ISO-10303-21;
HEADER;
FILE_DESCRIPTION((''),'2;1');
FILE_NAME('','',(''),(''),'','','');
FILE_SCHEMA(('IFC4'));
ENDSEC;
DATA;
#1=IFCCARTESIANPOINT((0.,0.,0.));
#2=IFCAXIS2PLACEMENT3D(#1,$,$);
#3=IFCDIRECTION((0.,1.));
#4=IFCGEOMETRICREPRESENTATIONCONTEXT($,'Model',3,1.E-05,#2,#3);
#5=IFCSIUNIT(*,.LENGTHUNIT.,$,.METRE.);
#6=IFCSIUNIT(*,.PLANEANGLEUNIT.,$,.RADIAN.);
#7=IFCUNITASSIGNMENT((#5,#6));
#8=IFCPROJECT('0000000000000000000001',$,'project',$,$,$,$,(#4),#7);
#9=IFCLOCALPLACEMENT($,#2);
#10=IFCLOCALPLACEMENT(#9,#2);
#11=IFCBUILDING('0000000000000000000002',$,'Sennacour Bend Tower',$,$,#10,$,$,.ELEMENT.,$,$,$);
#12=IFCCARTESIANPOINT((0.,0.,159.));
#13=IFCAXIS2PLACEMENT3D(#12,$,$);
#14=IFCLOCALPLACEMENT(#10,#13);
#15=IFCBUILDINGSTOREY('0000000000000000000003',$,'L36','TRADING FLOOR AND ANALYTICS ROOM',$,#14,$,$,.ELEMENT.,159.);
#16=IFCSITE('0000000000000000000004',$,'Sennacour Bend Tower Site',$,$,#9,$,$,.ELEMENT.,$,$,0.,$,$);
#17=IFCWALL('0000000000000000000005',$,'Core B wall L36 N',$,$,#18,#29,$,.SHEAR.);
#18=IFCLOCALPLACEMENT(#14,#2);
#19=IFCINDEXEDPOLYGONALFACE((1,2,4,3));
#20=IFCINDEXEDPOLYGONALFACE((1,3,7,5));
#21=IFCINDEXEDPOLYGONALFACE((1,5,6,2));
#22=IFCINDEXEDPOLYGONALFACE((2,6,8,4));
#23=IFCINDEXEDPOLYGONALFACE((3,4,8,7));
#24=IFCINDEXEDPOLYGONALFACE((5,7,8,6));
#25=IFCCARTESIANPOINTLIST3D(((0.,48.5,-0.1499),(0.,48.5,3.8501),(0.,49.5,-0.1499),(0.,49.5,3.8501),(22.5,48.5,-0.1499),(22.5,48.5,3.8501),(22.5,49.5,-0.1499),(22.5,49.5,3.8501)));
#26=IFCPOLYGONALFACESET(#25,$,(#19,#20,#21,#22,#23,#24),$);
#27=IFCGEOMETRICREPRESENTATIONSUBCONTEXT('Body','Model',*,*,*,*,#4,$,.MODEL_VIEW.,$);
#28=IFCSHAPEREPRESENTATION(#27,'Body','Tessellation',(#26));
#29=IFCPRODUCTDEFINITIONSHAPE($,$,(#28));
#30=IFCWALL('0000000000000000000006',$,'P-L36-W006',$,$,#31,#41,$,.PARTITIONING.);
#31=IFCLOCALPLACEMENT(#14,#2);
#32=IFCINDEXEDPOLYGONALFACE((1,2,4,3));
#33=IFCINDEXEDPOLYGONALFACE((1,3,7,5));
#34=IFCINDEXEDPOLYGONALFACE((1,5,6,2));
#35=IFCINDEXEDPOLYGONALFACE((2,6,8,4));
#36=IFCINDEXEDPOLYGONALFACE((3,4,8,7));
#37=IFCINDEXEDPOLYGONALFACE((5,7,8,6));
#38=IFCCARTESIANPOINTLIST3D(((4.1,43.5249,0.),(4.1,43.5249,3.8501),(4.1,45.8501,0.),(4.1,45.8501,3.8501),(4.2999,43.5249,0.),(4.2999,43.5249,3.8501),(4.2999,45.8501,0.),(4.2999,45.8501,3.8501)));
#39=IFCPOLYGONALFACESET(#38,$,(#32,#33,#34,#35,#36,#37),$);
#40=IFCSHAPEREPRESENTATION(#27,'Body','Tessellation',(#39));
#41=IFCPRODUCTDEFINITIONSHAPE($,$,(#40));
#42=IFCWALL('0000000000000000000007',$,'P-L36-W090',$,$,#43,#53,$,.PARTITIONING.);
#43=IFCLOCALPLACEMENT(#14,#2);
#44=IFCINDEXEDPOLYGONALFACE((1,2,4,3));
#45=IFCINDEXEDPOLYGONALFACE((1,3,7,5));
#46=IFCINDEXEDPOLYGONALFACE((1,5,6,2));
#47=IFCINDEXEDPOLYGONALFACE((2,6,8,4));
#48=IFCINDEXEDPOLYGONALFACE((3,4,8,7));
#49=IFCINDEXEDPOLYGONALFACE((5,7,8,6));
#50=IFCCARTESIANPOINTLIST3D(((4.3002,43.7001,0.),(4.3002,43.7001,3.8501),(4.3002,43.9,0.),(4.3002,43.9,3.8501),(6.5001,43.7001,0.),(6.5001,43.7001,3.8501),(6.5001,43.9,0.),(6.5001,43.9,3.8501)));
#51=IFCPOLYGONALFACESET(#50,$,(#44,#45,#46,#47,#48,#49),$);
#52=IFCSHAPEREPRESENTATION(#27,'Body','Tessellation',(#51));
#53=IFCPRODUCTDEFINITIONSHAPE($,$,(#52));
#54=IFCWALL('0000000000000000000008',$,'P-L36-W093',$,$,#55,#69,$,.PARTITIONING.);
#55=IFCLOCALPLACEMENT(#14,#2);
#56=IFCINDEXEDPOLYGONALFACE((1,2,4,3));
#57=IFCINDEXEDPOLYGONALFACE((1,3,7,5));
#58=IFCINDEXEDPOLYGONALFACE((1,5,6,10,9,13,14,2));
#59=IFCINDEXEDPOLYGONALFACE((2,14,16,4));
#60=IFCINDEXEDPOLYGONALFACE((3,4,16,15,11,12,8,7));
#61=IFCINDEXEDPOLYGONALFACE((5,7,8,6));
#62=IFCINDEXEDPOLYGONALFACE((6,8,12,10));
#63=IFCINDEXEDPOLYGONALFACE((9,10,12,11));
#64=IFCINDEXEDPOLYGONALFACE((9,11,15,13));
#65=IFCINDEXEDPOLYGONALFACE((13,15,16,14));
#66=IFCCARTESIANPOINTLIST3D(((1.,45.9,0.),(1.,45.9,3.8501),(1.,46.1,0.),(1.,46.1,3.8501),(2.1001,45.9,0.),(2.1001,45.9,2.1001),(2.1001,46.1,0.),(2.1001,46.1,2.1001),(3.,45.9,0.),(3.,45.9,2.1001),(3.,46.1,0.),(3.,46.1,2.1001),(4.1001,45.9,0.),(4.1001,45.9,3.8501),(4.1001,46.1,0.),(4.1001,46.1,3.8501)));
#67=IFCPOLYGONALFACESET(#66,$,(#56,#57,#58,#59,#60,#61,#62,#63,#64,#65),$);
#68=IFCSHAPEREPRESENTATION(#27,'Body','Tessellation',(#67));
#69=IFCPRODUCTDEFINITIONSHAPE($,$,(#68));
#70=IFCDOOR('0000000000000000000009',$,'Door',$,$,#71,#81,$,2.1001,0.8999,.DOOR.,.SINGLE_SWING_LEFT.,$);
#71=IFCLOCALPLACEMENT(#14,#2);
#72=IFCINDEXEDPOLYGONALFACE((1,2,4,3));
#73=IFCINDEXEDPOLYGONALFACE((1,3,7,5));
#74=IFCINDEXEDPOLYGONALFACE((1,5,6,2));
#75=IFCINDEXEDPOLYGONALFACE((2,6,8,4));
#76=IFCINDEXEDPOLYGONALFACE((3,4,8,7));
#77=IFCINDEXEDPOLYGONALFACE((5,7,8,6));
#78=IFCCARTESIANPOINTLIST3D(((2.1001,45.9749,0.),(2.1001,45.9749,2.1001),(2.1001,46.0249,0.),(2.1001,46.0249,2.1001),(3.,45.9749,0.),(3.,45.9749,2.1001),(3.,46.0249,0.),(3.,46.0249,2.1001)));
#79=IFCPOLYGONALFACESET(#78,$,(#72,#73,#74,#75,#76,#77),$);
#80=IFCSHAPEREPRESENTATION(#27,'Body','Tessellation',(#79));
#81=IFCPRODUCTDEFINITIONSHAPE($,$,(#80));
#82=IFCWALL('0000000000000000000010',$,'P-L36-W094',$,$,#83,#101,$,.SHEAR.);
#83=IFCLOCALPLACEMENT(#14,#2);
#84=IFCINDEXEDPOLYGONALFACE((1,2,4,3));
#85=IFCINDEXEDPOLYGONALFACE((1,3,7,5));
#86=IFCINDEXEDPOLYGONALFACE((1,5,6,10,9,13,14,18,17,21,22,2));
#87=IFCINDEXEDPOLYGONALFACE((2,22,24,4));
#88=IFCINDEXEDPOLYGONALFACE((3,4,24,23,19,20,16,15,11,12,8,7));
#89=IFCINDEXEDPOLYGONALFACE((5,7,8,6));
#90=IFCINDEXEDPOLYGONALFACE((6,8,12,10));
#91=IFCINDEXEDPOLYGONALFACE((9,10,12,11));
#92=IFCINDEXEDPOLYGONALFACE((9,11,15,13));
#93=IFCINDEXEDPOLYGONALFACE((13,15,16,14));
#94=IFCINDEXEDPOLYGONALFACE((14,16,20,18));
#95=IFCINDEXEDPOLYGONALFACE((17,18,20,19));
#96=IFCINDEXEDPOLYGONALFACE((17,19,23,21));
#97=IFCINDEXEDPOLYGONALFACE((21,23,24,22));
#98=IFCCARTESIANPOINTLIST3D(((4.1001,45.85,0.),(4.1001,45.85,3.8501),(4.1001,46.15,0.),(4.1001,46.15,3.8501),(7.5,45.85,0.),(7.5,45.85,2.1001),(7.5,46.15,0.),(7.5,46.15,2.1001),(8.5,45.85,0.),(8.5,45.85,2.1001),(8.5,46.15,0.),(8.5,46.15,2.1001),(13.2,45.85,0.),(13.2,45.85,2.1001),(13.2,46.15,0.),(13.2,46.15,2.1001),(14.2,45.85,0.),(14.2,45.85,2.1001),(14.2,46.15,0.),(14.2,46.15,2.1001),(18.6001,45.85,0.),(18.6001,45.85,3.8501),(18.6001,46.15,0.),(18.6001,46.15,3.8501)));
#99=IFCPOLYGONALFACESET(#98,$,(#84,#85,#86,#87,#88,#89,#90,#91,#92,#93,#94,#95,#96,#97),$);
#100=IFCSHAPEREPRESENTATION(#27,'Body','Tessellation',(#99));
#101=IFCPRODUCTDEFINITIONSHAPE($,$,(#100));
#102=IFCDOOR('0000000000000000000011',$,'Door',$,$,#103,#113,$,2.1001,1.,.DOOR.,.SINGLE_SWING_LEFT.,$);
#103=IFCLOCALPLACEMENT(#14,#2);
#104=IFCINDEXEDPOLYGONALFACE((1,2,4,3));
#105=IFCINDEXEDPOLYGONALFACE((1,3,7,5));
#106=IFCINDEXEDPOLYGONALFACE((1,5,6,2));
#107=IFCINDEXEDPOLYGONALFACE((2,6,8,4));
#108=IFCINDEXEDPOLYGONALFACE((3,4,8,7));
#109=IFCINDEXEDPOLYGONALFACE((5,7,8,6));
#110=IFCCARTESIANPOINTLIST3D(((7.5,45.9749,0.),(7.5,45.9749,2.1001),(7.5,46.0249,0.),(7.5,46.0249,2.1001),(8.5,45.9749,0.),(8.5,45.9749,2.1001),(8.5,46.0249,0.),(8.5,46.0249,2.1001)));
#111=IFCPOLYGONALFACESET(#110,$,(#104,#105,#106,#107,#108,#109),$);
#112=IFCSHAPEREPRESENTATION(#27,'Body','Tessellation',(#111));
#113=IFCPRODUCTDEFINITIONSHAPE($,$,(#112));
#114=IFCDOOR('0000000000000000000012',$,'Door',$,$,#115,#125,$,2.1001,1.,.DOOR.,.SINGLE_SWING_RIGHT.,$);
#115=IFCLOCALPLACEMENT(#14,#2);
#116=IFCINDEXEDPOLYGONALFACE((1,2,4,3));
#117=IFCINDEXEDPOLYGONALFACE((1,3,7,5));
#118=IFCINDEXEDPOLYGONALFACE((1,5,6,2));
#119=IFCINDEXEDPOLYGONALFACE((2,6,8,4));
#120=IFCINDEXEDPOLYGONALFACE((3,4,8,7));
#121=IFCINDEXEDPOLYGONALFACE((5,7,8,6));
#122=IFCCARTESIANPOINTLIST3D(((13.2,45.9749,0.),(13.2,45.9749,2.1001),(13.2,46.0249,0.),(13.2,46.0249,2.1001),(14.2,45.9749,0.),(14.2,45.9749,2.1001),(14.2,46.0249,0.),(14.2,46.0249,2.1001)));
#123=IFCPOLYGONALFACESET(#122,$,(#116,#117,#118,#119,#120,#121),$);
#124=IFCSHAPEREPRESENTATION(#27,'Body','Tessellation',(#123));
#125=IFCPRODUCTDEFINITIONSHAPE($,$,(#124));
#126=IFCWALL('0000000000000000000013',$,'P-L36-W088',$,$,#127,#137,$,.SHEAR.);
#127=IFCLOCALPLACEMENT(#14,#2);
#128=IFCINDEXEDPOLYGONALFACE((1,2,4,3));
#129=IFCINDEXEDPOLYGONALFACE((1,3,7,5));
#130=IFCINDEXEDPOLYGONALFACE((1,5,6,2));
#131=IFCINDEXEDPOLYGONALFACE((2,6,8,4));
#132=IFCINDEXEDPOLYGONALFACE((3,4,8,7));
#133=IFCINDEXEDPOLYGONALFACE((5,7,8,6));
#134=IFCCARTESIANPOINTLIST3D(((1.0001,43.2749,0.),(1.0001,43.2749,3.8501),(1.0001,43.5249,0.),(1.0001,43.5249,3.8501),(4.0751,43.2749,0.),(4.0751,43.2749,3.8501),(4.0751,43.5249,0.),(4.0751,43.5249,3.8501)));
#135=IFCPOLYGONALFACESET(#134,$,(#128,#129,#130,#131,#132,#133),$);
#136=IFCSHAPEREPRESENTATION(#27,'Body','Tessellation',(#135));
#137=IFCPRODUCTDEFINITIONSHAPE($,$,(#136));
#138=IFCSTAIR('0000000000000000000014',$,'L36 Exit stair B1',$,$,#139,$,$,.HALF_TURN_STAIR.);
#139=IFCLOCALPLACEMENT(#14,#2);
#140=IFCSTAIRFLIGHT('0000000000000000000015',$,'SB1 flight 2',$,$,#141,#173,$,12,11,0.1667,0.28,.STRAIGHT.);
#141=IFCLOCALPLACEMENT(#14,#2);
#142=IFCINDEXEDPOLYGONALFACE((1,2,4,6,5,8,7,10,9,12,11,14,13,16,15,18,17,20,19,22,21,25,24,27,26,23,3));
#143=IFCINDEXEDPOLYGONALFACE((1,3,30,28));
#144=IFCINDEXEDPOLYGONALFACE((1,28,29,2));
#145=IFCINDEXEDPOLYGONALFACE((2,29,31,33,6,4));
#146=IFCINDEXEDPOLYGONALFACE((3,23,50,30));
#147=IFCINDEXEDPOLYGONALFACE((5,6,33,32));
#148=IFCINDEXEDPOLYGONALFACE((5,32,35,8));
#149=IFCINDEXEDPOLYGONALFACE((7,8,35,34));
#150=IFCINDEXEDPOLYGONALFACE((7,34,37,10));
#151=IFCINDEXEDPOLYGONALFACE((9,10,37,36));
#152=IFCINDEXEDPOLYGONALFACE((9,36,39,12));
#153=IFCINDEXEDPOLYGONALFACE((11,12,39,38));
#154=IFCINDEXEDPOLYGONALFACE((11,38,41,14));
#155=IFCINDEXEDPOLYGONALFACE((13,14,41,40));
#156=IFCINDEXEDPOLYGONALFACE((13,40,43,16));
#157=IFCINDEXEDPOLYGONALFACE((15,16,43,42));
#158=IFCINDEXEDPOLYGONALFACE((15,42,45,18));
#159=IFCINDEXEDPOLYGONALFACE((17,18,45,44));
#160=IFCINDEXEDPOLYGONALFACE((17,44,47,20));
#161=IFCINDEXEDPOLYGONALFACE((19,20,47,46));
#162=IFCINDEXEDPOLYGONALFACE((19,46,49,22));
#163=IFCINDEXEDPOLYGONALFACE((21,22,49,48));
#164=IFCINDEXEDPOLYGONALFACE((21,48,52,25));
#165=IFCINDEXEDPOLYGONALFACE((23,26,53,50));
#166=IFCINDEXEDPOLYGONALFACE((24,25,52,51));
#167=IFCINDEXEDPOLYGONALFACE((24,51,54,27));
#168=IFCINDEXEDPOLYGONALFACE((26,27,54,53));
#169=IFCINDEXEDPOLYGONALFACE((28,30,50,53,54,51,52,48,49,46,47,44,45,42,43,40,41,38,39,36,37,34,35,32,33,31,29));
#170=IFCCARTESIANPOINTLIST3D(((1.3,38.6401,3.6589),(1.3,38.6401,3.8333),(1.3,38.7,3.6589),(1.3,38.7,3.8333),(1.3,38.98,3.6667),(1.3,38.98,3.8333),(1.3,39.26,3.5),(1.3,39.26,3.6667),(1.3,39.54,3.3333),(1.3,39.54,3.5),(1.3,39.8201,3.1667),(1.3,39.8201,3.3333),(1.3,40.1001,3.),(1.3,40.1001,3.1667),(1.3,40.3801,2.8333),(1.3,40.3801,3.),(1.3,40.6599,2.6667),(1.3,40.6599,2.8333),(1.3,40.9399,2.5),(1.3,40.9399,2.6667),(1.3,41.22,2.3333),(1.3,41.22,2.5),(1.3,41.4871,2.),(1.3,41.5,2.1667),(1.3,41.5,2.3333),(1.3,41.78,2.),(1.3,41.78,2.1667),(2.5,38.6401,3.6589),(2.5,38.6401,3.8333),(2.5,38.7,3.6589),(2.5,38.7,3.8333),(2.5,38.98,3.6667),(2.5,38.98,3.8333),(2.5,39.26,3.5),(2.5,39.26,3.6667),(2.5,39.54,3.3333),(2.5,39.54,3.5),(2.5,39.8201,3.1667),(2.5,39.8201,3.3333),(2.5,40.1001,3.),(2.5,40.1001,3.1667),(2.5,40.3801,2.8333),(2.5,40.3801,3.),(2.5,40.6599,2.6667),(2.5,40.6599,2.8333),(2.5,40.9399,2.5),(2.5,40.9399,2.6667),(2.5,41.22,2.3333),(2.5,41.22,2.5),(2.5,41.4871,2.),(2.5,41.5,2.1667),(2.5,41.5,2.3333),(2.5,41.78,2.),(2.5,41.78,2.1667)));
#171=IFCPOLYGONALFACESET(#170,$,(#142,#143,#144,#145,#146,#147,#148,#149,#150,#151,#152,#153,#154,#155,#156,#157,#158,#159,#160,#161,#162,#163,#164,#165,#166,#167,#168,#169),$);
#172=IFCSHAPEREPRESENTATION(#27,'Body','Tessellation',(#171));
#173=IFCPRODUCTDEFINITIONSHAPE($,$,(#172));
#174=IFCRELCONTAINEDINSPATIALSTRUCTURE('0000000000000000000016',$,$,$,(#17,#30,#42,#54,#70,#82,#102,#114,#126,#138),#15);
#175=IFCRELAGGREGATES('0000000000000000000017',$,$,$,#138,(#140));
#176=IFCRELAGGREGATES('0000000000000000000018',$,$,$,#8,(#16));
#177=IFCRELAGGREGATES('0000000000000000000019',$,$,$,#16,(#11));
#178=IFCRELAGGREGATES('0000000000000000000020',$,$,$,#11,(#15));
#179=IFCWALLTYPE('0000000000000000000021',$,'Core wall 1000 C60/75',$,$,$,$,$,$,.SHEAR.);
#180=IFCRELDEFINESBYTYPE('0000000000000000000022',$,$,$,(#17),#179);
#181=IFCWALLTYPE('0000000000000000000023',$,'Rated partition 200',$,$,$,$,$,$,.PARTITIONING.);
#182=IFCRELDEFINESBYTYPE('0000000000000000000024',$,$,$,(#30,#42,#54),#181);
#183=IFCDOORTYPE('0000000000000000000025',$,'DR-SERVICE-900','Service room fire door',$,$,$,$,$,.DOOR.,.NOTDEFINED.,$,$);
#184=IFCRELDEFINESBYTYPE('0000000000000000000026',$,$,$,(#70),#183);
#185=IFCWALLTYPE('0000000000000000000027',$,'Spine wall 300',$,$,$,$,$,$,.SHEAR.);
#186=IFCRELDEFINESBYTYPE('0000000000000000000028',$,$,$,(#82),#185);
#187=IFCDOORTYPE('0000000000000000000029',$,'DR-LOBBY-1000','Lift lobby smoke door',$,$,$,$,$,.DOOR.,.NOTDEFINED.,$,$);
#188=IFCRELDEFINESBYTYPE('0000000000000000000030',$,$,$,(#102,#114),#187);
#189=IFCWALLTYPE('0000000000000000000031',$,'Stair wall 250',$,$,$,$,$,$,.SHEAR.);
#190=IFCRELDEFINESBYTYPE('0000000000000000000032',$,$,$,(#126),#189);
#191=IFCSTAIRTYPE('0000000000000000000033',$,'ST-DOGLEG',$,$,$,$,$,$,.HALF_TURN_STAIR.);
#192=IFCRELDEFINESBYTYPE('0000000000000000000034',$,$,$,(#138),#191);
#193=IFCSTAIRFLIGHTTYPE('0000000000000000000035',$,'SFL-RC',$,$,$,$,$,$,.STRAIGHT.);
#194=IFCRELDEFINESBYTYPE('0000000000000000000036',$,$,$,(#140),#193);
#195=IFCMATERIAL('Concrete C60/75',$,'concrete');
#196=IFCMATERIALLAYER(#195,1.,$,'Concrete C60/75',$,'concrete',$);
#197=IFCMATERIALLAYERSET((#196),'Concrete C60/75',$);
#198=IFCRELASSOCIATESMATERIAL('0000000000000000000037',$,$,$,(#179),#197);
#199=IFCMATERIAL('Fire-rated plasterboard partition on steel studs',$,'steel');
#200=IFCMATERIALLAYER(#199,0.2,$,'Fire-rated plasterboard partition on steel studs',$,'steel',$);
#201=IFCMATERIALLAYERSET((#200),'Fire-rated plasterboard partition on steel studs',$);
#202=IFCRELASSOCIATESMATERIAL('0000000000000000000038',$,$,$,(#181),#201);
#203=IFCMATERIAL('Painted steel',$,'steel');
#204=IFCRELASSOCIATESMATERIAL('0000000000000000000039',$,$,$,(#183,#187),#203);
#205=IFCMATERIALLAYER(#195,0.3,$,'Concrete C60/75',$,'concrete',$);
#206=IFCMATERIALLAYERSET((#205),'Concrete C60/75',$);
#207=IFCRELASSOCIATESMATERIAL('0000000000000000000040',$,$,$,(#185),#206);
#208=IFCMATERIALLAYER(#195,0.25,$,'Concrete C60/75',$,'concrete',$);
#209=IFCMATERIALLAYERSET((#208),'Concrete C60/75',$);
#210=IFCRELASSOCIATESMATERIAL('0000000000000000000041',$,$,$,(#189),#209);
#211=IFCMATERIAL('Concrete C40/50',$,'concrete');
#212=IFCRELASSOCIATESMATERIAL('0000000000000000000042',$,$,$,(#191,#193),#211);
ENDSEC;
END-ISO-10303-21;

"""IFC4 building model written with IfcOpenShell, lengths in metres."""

from ifc_helpers import new_model, si_unit, direction, frame, frame_2d, origin, place, context, subcontext, project, spatial, polyline, rectangle, outline, extrude, material, layer, layer_set, type_object, element, fill, aggregate, save


model = new_model("IFC4")

# Units and contexts
model_context = context("Model", 3, precision=1e-05, world=origin(), true_north=direction((0.0, 1.0)))
body_context = subcontext(model_context, "Body", "Model", "MODEL_VIEW")
ifc_project = project(units=[si_unit("LENGTHUNIT", "METRE"), si_unit("PLANEANGLEUNIT", "RADIAN")], contexts=[model_context])

# Site, building, storey
site_placement = place(None, origin())
site = spatial("IfcSite", under=ifc_project, at=site_placement, Name="Sennacour Bend Tower Site", CompositionType="ELEMENT", RefElevation=0.0)
building_placement = place(site_placement, origin())
building = spatial("IfcBuilding", under=site, at=building_placement, Name="Sennacour Bend Tower", CompositionType="ELEMENT")
storey_placement = place(building_placement, frame((0.0, 0.0, 159.0)))
storey = spatial("IfcBuildingStorey", under=building, at=storey_placement, Name="L36", Description="TRADING FLOOR AND ANALYTICS ROOM", CompositionType="ELEMENT", Elevation=159.0)

# Walls
ifc_material_1 = material(Name="Concrete C60/75", Category="concrete")
ifc_layer_1 = layer(ifc_material_1, 1.0, Name="Concrete C60/75", Category="concrete")
ifc_layer_set_1 = layer_set([ifc_layer_1], Name="Concrete C60/75")
wall_type_1 = type_object("IfcWallType", Name="Core wall 1000 C60/75", PredefinedType="SHEAR", material=ifc_layer_set_1)
wall_1_placement = place(storey_placement, frame((0.0, 49.0, -0.1499), z_axis=(0.0, 0.0, 1.0), x_axis=(1.0, 0.0, 0.0)))
element("IfcWall", 1, at=wall_1_placement, inside=storey, type_object=wall_type_1, Name="Core B wall L36 N", PredefinedType="SHEAR", context=body_context, shape_type="SweptSolid", body=[
    extrude(rectangle(XDim=22.5, YDim=1.0, at=frame_2d((11.25, 0.0))), origin(), (0.0, 0.0, 1.0), 4.0),
])
ifc_material_2 = material(Name="Fire-rated plasterboard partition on steel studs", Category="steel")
ifc_layer_2 = layer(ifc_material_2, 0.2, Name="Fire-rated plasterboard partition on steel studs", Category="steel")
ifc_layer_set_2 = layer_set([ifc_layer_2], Name="Fire-rated plasterboard partition on steel studs")
wall_type_2 = type_object("IfcWallType", Name="Rated partition 200", PredefinedType="PARTITIONING", material=ifc_layer_set_2)
wall_2_placement = place(storey_placement, frame((4.2, 43.5249, 0.0), z_axis=(0.0, 0.0, 1.0), x_axis=(0.0, 1.0, 0.0)))
element("IfcWall", 2, at=wall_2_placement, inside=storey, type_object=wall_type_2, Name="P-L36-W006", PredefinedType="PARTITIONING", context=body_context, shape_type="SweptSolid", body=[
    extrude(rectangle(XDim=2.3252, YDim=0.2, at=frame_2d((1.1626, 0.0))), origin(), (0.0, 0.0, 1.0), 3.8501),
])
wall_3_placement = place(storey_placement, frame((4.3, 43.8, 0.0), z_axis=(0.0, 0.0, 1.0), x_axis=(1.0, 0.0, 0.0)))
element("IfcWall", 3, at=wall_3_placement, inside=storey, type_object=wall_type_2, Name="P-L36-W090", PredefinedType="PARTITIONING", context=body_context, shape_type="SweptSolid", body=[
    extrude(rectangle(XDim=2.2, YDim=0.2, at=frame_2d((1.1001, 0.0))), origin(), (0.0, 0.0, 1.0), 3.8501),
])

# Wall, opening, door
wall_4_placement = place(storey_placement, frame((1.0, 46.0, 0.0), z_axis=(0.0, 0.0, 1.0), x_axis=(1.0, 0.0, 0.0)))
wall_4 = element("IfcWall", 4, at=wall_4_placement, inside=storey, type_object=wall_type_2, Name="P-L36-W093", PredefinedType="PARTITIONING", context=body_context, shape_type="SweptSolid", body=[
    extrude(rectangle(XDim=3.1001, YDim=0.2, at=frame_2d((1.55, 0.0))), origin(), (0.0, 0.0, 1.0), 3.8501),
])
opening_1_placement = place(wall_4_placement, frame((1.1001, 0.0, 0.0)))
opening_1 = element("IfcOpeningElement", 5, at=opening_1_placement, cuts=wall_4, PredefinedType="OPENING", context=body_context, shape_type="SweptSolid", body=[
    extrude(rectangle(XDim=0.8999, YDim=2.1001, at=frame_2d((0.45, 1.05))), frame((0.0, 0.1099, 0.0), z_axis=(0.0, -1.0, 0.0), x_axis=(1.0, 0.0, 0.0)), (0.0, 0.0, 1.0), 0.22),
])
ifc_material_3 = material(Name="Painted steel", Category="steel")
door_type_1 = type_object("IfcDoorType", Name="DR-SERVICE-900", Description="Service room fire door", OperationType="NOTDEFINED", PredefinedType="DOOR", material=ifc_material_3)
door_1_placement = place(opening_1_placement, origin())
door_1 = element("IfcDoor", 6, at=door_1_placement, inside=storey, type_object=door_type_1, Name="Door", OperationType="SINGLE_SWING_LEFT", OverallHeight=2.1001, OverallWidth=0.8999, PredefinedType="DOOR", context=body_context, shape_type="SweptSolid", body=[
    extrude(rectangle(XDim=0.8999, YDim=2.1001, at=frame_2d((0.45, 1.05))), frame((0.0, 0.0249, 0.0), z_axis=(0.0, -1.0, 0.0), x_axis=(1.0, 0.0, 0.0)), (0.0, 0.0, 1.0), 0.05),
])
fill(opening_1, door_1)

# Wall, openings, doors
ifc_layer_3 = layer(ifc_material_1, 0.3, Name="Concrete C60/75", Category="concrete")
ifc_layer_set_3 = layer_set([ifc_layer_3], Name="Concrete C60/75")
wall_type_3 = type_object("IfcWallType", Name="Spine wall 300", PredefinedType="SHEAR", material=ifc_layer_set_3)
wall_5_placement = place(storey_placement, frame((4.1001, 46.0, 0.0), z_axis=(0.0, 0.0, 1.0), x_axis=(1.0, 0.0, 0.0)))
wall_5 = element("IfcWall", 7, at=wall_5_placement, inside=storey, type_object=wall_type_3, Name="P-L36-W094", PredefinedType="SHEAR", context=body_context, shape_type="SweptSolid", body=[
    extrude(rectangle(XDim=14.5, YDim=0.3, at=frame_2d((7.25, 0.0))), origin(), (0.0, 0.0, 1.0), 3.8501),
])
opening_2_placement = place(wall_5_placement, frame((3.3999, 0.0, 0.0)))
opening_2 = element("IfcOpeningElement", 8, at=opening_2_placement, cuts=wall_5, PredefinedType="OPENING", context=body_context, shape_type="SweptSolid", body=[
    extrude(rectangle(XDim=1.0, YDim=2.1001, at=frame_2d((0.5, 1.05))), frame((0.0, 0.1602, 0.0), z_axis=(0.0, -1.0, 0.0), x_axis=(1.0, 0.0, 0.0)), (0.0, 0.0, 1.0), 0.3201),
])
opening_3_placement = place(wall_5_placement, frame((9.0999, 0.0, 0.0)))
opening_3 = element("IfcOpeningElement", 9, at=opening_3_placement, cuts=wall_5, PredefinedType="OPENING", context=body_context, shape_type="SweptSolid", body=[
    extrude(rectangle(XDim=1.0, YDim=2.1001, at=frame_2d((0.5, 1.05))), frame((0.0, 0.1602, 0.0), z_axis=(0.0, -1.0, 0.0), x_axis=(1.0, 0.0, 0.0)), (0.0, 0.0, 1.0), 0.3201),
])
door_type_2 = type_object("IfcDoorType", Name="DR-LOBBY-1000", Description="Lift lobby smoke door", OperationType="NOTDEFINED", PredefinedType="DOOR", material=ifc_material_3)
door_2_placement = place(opening_2_placement, origin())
door_2 = element("IfcDoor", 10, at=door_2_placement, inside=storey, type_object=door_type_2, Name="Door", OperationType="SINGLE_SWING_LEFT", OverallHeight=2.1001, OverallWidth=1.0, PredefinedType="DOOR", context=body_context, shape_type="SweptSolid", body=[
    extrude(rectangle(XDim=1.0, YDim=2.1001, at=frame_2d((0.5, 1.05))), frame((0.0, 0.0249, 0.0), z_axis=(0.0, -1.0, 0.0), x_axis=(1.0, 0.0, 0.0)), (0.0, 0.0, 1.0), 0.05),
])
fill(opening_2, door_2)
door_3_placement = place(opening_3_placement, origin())
door_3 = element("IfcDoor", 11, at=door_3_placement, inside=storey, type_object=door_type_2, Name="Door", OperationType="SINGLE_SWING_RIGHT", OverallHeight=2.1001, OverallWidth=1.0, PredefinedType="DOOR", context=body_context, shape_type="SweptSolid", body=[
    extrude(rectangle(XDim=1.0, YDim=2.1001, at=frame_2d((0.5, 1.05))), frame((0.0, 0.0249, 0.0), z_axis=(0.0, -1.0, 0.0), x_axis=(1.0, 0.0, 0.0)), (0.0, 0.0, 1.0), 0.05),
])
fill(opening_3, door_3)

# Wall
ifc_layer_4 = layer(ifc_material_1, 0.25, Name="Concrete C60/75", Category="concrete")
ifc_layer_set_4 = layer_set([ifc_layer_4], Name="Concrete C60/75")
wall_type_4 = type_object("IfcWallType", Name="Stair wall 250", PredefinedType="SHEAR", material=ifc_layer_set_4)
wall_6_placement = place(storey_placement, frame((1.0, 43.3999, 0.0), z_axis=(0.0, 0.0, 1.0), x_axis=(1.0, 0.0, 0.0)))
element("IfcWall", 12, at=wall_6_placement, inside=storey, type_object=wall_type_4, Name="P-L36-W088", PredefinedType="SHEAR", context=body_context, shape_type="SweptSolid", body=[
    extrude(rectangle(XDim=3.075, YDim=0.25, at=frame_2d((1.5376, 0.0))), origin(), (0.0, 0.0, 1.0), 3.8501),
])

# Stair, stair flight
ifc_material_4 = material(Name="Concrete C40/50", Category="concrete")
stair_type = type_object("IfcStairType", Name="ST-DOGLEG", PredefinedType="HALF_TURN_STAIR", material=ifc_material_4)
stair_placement = place(storey_placement, origin())
stair = element("IfcStair", 13, at=stair_placement, inside=storey, type_object=stair_type, Name="L36 Exit stair B1", PredefinedType="HALF_TURN_STAIR")
stair_flight_type = type_object("IfcStairFlightType", Name="SFL-RC", PredefinedType="STRAIGHT", material=ifc_material_4)
stair_flight_placement = place(storey_placement, frame((1.8999, 41.78, 2.0), z_axis=(0.0, 0.0, 1.0), x_axis=(0.0, -1.0, 0.0)))
stair_flight = element("IfcStairFlight", 14, at=stair_flight_placement, type_object=stair_flight_type, Name="SB1 flight 2", NumberOfRisers=12, NumberOfTreads=11, PredefinedType="STRAIGHT", RiserHeight=0.1667, TreadLength=0.28, context=body_context, shape_type="SweptSolid", body=[
    extrude(outline(polyline([(0.0, 0.0), (0.0, 0.1667), (0.28, 0.1667), (0.28, 0.3333), (0.5601, 0.3333), (0.5601, 0.5), (0.8401, 0.5), (0.8401, 0.6667), (1.1201, 0.6667), (1.1201, 0.8333), (1.3999, 0.8333), (1.3999, 1.0), (1.6799, 1.0), (1.6799, 1.1667), (1.96, 1.1667), (1.96, 1.3333), (2.24, 1.3333), (2.24, 1.5), (2.52, 1.5), (2.52, 1.6667), (2.8, 1.6667), (2.8, 1.8333), (3.0801, 1.8333), (3.1399, 1.8333), (3.1399, 1.6589), (3.0801, 1.6589), (0.293, 0.0), (0.0, 0.0)])), frame((0.0, 0.6001, 0.0), z_axis=(0.0, -1.0, 0.0), x_axis=(1.0, 0.0, 0.0)), (0.0, 0.0, 1.0), 1.2),
])
aggregate(stair, [stair_flight])

save(model, "model.ifc")
